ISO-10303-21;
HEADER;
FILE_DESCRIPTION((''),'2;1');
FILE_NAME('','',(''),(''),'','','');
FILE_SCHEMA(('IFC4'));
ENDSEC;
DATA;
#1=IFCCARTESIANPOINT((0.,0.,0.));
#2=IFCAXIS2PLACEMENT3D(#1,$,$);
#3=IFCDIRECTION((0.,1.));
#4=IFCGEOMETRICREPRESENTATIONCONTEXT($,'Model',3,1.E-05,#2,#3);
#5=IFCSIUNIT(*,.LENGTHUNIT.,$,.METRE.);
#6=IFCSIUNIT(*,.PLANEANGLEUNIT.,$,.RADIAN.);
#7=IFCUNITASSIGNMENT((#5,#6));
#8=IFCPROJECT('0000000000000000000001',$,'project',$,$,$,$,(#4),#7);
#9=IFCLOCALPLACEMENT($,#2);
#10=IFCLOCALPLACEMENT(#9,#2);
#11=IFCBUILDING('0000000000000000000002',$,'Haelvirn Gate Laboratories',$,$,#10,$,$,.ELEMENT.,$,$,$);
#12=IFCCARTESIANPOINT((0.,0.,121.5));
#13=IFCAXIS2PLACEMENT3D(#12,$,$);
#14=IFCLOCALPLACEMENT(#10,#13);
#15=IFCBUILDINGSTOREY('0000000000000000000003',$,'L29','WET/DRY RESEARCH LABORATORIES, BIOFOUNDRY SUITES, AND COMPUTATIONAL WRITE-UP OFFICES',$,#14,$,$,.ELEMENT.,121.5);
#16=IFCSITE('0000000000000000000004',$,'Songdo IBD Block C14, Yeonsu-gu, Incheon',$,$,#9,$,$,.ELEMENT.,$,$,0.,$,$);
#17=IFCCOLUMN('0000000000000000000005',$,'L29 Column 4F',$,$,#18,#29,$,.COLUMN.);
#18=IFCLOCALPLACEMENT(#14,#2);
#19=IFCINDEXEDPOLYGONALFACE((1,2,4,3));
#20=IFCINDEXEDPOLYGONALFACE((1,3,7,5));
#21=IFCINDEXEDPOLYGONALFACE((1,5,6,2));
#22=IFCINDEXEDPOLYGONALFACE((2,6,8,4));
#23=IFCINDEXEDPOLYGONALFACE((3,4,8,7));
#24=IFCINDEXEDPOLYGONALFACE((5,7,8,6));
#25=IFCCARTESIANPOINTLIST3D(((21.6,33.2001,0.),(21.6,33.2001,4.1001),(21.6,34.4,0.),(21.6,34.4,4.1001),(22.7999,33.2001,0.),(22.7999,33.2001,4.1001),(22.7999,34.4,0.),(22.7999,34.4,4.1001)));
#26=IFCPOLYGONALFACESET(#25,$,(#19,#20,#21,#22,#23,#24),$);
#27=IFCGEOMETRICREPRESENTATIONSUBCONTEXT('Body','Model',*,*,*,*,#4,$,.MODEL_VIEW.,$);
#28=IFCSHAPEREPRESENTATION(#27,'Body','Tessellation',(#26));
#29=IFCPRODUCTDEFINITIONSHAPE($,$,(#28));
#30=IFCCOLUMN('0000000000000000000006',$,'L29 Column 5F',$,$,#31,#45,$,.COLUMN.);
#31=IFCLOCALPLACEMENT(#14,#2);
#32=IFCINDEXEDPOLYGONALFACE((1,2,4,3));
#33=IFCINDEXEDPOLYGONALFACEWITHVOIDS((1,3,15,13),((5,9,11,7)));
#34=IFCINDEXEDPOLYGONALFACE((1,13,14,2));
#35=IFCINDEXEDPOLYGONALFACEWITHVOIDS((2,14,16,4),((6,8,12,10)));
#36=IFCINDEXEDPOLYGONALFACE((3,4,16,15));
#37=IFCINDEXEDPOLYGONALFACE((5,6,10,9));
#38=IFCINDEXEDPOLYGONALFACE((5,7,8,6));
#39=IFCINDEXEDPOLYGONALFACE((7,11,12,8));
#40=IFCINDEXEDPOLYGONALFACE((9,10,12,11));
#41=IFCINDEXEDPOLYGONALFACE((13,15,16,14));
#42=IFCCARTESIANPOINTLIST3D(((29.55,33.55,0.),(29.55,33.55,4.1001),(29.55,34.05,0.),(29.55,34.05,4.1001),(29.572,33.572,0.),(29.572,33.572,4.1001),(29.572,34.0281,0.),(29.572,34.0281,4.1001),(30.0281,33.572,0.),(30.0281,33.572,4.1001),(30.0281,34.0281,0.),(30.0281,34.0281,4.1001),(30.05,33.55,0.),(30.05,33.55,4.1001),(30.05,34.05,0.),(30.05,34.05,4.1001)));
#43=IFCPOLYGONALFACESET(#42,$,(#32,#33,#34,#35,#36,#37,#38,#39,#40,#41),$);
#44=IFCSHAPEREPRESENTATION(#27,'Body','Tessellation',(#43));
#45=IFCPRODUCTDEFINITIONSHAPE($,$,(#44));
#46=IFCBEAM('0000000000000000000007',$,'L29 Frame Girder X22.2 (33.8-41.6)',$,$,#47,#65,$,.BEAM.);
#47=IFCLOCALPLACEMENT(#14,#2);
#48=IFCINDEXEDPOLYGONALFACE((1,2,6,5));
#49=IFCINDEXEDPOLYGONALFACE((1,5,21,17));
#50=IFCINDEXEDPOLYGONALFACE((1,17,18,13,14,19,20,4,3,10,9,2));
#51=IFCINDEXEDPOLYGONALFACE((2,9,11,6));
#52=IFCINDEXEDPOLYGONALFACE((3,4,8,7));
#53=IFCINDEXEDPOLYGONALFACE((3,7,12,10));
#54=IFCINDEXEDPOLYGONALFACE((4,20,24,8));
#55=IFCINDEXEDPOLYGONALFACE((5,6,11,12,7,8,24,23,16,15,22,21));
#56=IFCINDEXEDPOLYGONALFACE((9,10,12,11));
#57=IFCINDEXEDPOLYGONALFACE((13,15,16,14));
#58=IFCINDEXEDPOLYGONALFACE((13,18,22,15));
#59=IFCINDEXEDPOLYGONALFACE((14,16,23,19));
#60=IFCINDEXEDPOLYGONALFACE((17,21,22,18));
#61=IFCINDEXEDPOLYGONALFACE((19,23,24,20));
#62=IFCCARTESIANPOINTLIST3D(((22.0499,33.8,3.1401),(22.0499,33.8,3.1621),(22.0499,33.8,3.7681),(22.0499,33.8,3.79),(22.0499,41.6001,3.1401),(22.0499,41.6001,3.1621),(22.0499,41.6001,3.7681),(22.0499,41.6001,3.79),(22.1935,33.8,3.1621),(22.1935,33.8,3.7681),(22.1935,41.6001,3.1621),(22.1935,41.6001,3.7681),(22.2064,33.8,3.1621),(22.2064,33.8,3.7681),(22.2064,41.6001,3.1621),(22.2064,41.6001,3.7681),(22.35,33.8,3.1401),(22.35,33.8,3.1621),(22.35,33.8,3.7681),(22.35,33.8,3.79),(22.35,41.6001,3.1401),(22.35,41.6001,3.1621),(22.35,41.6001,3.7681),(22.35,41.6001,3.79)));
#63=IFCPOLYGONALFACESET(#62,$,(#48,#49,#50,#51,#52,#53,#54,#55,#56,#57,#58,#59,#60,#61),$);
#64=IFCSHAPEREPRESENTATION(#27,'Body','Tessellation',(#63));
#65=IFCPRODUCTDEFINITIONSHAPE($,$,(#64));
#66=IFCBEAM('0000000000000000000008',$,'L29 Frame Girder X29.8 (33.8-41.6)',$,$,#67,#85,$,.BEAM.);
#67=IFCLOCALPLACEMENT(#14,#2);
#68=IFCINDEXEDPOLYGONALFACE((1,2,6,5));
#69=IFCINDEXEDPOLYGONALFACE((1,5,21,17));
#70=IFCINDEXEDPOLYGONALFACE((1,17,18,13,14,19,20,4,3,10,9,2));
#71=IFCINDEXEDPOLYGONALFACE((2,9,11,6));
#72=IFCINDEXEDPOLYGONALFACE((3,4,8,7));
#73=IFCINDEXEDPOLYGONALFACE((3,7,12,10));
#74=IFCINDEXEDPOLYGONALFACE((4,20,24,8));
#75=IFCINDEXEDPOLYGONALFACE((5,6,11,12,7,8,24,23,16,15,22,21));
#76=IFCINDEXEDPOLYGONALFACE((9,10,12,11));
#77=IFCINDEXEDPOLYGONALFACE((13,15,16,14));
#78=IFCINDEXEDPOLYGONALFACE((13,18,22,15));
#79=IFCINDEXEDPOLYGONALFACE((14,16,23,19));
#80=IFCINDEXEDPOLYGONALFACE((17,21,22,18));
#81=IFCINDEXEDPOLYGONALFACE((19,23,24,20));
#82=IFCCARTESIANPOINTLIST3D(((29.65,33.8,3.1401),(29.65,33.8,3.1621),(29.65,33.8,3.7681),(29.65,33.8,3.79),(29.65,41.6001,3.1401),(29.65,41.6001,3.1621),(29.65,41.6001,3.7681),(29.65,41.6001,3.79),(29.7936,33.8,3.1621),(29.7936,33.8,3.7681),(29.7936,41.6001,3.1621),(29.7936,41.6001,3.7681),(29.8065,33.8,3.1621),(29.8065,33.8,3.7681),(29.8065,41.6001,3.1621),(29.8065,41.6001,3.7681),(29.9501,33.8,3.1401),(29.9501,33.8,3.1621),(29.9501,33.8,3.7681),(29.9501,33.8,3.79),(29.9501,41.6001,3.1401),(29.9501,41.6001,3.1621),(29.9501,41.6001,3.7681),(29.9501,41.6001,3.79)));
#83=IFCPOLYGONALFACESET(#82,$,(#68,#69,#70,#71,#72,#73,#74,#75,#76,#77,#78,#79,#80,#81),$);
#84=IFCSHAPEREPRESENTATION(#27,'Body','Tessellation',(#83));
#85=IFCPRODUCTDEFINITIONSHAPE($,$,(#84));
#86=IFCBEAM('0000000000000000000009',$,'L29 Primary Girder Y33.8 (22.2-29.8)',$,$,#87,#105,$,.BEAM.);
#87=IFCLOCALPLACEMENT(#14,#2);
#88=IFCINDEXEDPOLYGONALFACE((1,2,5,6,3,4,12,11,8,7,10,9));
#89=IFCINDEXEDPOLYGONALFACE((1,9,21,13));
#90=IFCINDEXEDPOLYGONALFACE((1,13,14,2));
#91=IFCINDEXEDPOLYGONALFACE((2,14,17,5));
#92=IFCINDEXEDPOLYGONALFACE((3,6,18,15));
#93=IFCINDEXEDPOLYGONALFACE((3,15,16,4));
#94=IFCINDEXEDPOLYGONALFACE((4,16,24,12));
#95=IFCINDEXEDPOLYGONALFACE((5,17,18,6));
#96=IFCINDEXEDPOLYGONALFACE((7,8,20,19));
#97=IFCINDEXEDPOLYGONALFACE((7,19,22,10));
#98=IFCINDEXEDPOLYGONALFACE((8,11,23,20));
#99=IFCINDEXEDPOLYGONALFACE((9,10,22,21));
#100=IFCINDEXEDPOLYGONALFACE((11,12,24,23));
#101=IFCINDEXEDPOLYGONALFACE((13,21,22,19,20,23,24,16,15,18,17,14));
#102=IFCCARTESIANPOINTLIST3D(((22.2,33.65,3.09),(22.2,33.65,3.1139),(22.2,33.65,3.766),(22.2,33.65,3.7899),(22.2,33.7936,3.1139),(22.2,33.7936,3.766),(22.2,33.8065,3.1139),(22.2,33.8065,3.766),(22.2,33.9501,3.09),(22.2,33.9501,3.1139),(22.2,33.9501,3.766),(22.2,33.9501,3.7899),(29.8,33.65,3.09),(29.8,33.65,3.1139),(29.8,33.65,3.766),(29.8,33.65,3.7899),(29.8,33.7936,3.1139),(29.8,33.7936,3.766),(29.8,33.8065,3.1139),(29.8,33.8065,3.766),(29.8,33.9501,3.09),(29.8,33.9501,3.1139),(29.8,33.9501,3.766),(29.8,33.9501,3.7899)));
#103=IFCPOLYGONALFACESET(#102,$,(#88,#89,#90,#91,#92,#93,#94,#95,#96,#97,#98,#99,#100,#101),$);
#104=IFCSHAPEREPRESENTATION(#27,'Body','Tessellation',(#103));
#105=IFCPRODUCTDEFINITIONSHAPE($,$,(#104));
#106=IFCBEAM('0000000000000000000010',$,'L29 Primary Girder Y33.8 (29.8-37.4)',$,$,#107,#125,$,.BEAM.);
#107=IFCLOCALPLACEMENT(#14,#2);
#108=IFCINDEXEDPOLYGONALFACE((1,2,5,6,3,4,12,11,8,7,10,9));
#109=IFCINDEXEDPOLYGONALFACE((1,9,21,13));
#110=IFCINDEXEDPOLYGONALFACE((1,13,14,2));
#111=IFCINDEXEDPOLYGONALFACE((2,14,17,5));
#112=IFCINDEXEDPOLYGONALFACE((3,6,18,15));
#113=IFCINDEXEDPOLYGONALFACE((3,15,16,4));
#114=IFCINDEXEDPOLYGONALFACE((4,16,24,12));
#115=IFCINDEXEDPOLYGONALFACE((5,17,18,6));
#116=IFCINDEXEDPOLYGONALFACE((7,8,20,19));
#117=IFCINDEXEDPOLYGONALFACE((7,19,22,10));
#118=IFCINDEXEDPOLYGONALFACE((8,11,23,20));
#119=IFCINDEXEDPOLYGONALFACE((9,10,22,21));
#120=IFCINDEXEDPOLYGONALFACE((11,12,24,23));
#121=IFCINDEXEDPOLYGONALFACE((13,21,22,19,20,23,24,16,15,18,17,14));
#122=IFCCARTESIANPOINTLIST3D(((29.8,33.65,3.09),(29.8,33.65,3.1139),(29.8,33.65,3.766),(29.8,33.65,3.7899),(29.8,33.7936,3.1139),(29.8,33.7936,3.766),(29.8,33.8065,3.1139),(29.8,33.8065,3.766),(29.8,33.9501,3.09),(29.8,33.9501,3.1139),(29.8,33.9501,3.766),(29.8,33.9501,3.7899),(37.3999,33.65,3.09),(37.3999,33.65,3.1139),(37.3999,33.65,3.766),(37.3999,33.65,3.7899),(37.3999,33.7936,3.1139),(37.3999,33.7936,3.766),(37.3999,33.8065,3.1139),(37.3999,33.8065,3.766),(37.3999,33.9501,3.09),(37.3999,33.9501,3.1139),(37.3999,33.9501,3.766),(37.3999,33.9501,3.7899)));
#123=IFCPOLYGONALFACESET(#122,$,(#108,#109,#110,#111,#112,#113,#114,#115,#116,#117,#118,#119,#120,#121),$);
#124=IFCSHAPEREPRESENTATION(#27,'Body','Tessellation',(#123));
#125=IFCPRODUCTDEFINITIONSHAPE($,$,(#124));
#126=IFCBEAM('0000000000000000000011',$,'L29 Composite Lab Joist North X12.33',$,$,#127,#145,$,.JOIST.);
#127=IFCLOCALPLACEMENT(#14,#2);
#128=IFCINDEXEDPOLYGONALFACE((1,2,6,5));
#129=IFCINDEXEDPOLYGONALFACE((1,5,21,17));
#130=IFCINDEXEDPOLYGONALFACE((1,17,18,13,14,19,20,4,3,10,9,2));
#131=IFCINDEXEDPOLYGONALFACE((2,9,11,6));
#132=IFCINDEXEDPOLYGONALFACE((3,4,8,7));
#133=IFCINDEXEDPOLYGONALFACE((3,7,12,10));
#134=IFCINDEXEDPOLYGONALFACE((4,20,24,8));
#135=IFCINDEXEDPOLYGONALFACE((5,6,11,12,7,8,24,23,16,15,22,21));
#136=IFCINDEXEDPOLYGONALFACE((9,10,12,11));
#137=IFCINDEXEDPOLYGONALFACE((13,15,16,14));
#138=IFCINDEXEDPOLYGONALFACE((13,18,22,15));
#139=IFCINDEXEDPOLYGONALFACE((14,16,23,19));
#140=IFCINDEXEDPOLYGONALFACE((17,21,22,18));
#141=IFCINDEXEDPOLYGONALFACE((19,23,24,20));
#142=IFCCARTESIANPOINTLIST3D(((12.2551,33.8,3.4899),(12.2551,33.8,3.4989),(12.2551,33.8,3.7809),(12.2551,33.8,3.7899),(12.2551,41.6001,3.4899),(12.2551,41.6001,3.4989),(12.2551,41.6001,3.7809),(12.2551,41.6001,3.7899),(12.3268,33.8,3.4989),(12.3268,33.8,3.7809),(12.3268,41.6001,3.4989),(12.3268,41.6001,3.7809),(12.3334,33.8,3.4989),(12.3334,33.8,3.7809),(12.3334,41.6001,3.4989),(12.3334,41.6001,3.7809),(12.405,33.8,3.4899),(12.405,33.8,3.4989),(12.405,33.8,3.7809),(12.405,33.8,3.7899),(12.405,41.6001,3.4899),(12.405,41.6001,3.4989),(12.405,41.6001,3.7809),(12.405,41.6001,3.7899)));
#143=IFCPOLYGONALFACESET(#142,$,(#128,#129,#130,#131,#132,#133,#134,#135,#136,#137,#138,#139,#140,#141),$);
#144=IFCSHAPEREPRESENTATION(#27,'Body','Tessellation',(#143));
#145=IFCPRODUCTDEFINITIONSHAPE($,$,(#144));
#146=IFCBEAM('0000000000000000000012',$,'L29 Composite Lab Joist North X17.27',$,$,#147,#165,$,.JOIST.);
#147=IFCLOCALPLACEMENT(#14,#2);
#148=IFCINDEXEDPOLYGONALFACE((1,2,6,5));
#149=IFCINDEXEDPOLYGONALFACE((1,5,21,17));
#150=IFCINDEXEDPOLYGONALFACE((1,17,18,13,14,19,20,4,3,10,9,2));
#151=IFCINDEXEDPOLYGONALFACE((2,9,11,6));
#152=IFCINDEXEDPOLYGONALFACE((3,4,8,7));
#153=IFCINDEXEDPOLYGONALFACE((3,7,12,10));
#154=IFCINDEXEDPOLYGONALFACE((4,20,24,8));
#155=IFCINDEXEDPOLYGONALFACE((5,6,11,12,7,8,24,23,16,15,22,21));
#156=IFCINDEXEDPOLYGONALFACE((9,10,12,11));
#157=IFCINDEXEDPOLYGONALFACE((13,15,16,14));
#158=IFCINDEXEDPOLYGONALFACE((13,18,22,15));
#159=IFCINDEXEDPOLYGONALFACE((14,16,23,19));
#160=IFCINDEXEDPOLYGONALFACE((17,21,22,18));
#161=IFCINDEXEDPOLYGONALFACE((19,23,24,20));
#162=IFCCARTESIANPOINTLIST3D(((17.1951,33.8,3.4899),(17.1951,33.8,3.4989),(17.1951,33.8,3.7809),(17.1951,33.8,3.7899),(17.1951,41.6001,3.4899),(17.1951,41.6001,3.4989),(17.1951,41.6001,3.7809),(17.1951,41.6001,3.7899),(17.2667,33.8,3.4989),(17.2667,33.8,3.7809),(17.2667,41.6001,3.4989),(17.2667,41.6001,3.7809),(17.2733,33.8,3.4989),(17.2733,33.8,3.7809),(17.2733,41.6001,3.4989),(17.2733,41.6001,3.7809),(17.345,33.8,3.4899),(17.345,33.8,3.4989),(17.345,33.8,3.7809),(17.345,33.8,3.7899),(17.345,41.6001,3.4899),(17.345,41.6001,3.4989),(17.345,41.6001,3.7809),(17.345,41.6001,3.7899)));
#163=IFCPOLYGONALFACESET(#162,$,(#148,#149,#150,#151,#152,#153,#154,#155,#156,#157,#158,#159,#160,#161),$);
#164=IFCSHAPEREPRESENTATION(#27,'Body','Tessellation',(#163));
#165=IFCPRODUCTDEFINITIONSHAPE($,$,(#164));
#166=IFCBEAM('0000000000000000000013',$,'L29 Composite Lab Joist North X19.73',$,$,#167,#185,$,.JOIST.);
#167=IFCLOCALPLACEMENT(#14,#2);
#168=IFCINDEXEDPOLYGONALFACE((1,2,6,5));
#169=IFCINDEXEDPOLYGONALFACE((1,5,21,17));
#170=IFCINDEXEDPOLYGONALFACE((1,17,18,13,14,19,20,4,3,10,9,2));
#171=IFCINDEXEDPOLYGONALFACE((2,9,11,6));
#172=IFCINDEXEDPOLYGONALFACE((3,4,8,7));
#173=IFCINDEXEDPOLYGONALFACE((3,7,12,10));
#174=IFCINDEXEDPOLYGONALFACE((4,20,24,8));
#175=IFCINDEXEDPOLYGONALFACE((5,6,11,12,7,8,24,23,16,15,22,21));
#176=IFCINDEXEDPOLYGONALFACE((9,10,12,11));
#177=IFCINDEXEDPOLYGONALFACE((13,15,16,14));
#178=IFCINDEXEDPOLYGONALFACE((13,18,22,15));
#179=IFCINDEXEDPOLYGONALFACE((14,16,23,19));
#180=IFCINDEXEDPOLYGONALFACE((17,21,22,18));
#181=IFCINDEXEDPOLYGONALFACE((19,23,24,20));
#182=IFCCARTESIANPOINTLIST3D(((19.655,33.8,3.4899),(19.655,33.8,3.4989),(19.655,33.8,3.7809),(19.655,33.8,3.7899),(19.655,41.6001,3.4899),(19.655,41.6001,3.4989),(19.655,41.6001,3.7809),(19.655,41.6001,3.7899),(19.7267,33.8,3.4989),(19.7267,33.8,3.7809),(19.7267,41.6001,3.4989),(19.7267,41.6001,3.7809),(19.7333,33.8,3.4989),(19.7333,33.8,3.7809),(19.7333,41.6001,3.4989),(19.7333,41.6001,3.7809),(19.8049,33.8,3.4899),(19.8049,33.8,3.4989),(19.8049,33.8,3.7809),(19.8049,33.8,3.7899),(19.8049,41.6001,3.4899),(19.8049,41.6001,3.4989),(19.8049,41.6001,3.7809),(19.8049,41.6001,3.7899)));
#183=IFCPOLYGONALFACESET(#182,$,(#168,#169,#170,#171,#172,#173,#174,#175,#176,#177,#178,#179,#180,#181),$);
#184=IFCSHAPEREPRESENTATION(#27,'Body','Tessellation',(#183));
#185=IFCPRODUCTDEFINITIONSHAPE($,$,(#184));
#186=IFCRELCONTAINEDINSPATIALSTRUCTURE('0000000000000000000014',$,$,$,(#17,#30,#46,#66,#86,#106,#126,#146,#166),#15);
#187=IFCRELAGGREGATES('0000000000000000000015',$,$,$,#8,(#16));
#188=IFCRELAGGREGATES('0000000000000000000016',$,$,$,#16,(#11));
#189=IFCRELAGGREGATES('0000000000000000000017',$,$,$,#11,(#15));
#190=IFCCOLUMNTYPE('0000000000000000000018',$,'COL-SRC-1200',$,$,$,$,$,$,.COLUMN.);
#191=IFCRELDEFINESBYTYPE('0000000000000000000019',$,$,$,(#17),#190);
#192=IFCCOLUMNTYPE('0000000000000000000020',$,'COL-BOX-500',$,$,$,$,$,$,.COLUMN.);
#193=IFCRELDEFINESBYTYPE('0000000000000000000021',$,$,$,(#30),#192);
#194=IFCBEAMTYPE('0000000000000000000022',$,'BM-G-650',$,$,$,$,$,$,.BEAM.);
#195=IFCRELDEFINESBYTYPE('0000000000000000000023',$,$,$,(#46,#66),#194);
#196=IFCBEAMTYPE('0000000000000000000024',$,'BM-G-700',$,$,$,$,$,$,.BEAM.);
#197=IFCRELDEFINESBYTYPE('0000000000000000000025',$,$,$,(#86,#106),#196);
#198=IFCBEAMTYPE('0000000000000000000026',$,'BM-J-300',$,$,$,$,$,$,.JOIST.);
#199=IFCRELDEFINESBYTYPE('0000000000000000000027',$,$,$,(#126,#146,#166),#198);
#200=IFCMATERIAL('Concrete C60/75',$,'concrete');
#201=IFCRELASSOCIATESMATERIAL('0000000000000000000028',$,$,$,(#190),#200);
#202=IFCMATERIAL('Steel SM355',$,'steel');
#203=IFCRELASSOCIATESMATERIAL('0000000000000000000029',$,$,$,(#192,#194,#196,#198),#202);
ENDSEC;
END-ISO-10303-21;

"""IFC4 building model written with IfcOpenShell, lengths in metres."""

from ifc_helpers import new_model, si_unit, direction, frame, origin, origin_2d, place, context, subcontext, project, spatial, rectangle, hollow_rectangle, i_section, extrude, source, transform, mapped, material, material_profile, profile_set, type_object, type_shapes, element, save


model = new_model("IFC4")

# Units and contexts
model_context = context("Model", 3, precision=1e-05, world=origin(), true_north=direction((0.0, 1.0)))
body_context = subcontext(model_context, "Body", "Model", "MODEL_VIEW")
ifc_project = project(units=[si_unit("LENGTHUNIT", "METRE"), si_unit("PLANEANGLEUNIT", "RADIAN")], contexts=[model_context])

# Site, building, storey
site_placement = place(None, origin())
site = spatial("IfcSite", under=ifc_project, at=site_placement, Name="Songdo IBD Block C14, Yeonsu-gu, Incheon", CompositionType="ELEMENT", RefElevation=0.0)
building_placement = place(site_placement, origin())
building = spatial("IfcBuilding", under=site, at=building_placement, Name="Haelvirn Gate Laboratories", CompositionType="ELEMENT")
storey_placement = place(building_placement, frame((0.0, 0.0, 121.5)))
storey = spatial("IfcBuildingStorey", under=building, at=storey_placement, Name="L29", Description="WET/DRY RESEARCH LABORATORIES, BIOFOUNDRY SUITES, AND COMPUTATIONAL WRITE-UP OFFICES", CompositionType="ELEMENT", Elevation=121.5)

# Columns
ifc_material_1 = material(Name="Concrete C60/75", Category="concrete")
ifc_material_profile_1 = material_profile(ifc_material_1, rectangle(XDim=1.2, YDim=1.2, at=origin_2d()), Name="SRC-1200x1200")
ifc_profile_set_1 = profile_set([ifc_material_profile_1], Name="Concrete C60/75")
column_type_1 = type_object("IfcColumnType", Name="COL-SRC-1200", PredefinedType="COLUMN", material=ifc_profile_set_1)
shared_shape_1 = source(origin(), body_context, "Body", "SweptSolid", [
    extrude(rectangle(XDim=1.2, YDim=1.2, at=origin_2d()), origin(), (0.0, 0.0, 1.0), 4.1001),
])
type_shapes(column_type_1, [shared_shape_1])
column_1_placement = place(storey_placement, frame((22.2, 33.8, 0.0), z_axis=(0.0, 0.0, 1.0), x_axis=(1.0, 0.0, 0.0)))
element("IfcColumn", 1, at=column_1_placement, inside=storey, type_object=column_type_1, Name="L29 Column 4F", PredefinedType="COLUMN", context=body_context, shape_type="MappedRepresentation", body=[
    mapped(shared_shape_1, transform((0.0, 0.0, 0.0), scale=1.0)),
])
ifc_material_2 = material(Name="Steel SM355", Category="steel")
ifc_material_profile_2 = material_profile(ifc_material_2, hollow_rectangle(XDim=0.5, YDim=0.5, WallThickness=0.022, at=origin_2d()), Name="BOX-500x500x22")
ifc_profile_set_2 = profile_set([ifc_material_profile_2], Name="Steel SM355")
column_type_2 = type_object("IfcColumnType", Name="COL-BOX-500", PredefinedType="COLUMN", material=ifc_profile_set_2)
shared_shape_2 = source(origin(), body_context, "Body", "SweptSolid", [
    extrude(hollow_rectangle(XDim=0.5, YDim=0.5, WallThickness=0.022, at=origin_2d()), origin(), (0.0, 0.0, 1.0), 4.1001),
])
type_shapes(column_type_2, [shared_shape_2])
column_2_placement = place(storey_placement, frame((29.8, 33.8, 0.0), z_axis=(0.0, 0.0, 1.0), x_axis=(1.0, 0.0, 0.0)))
element("IfcColumn", 2, at=column_2_placement, inside=storey, type_object=column_type_2, Name="L29 Column 5F", PredefinedType="COLUMN", context=body_context, shape_type="MappedRepresentation", body=[
    mapped(shared_shape_2, transform((0.0, 0.0, 0.0), scale=1.0)),
])

# Beams
ifc_material_profile_3 = material_profile(ifc_material_2, i_section(OverallWidth=0.3, OverallDepth=0.6499, WebThickness=0.0129, FlangeThickness=0.022, at=origin_2d()), Name="H-650x300x13x22")
ifc_profile_set_3 = profile_set([ifc_material_profile_3], Name="Steel SM355")
beam_type_1 = type_object("IfcBeamType", Name="BM-G-650", PredefinedType="BEAM", material=ifc_profile_set_3)
shared_shape_3 = source(origin(), body_context, "Body", "SweptSolid", [
    extrude(i_section(OverallWidth=0.3, OverallDepth=0.6499, WebThickness=0.0129, FlangeThickness=0.022, at=origin_2d()), origin(), (0.0, 0.0, 1.0), 7.8),
])
type_shapes(beam_type_1, [shared_shape_3])
for number, where, z_axis, x_axis, name in (
    (3, (22.2, 33.8, 3.4651), (0.0, 1.0, 0.0), (-1.0, 0.0, 0.0), "L29 Frame Girder X22.2 (33.8-41.6)"),
    (4, (29.8, 33.8, 3.4651), (0.0, 1.0, 0.0), (-1.0, 0.0, 0.0), "L29 Frame Girder X29.8 (33.8-41.6)"),
):
    element("IfcBeam", number, at=place(storey_placement, frame(where, z_axis=z_axis, x_axis=x_axis)), inside=storey, type_object=beam_type_1, Name=name, PredefinedType="BEAM", context=body_context, shape_type="MappedRepresentation", body=[
        mapped(shared_shape_3, transform((0.0, 0.0, 0.0), scale=1.0)),
    ])
ifc_material_profile_4 = material_profile(ifc_material_2, i_section(OverallWidth=0.3, OverallDepth=0.7, WebThickness=0.0129, FlangeThickness=0.0239, at=origin_2d()), Name="H-700x300x13x24")
ifc_profile_set_4 = profile_set([ifc_material_profile_4], Name="Steel SM355")
beam_type_2 = type_object("IfcBeamType", Name="BM-G-700", PredefinedType="BEAM", material=ifc_profile_set_4)
shared_shape_4 = source(origin(), body_context, "Body", "SweptSolid", [
    extrude(i_section(OverallWidth=0.3, OverallDepth=0.7, WebThickness=0.0129, FlangeThickness=0.0239, at=origin_2d()), origin(), (0.0, 0.0, 1.0), 7.6001),
])
beam_1_placement = place(storey_placement, frame((22.2, 33.8, 3.4399), z_axis=(1.0, 0.0, 0.0), x_axis=(0.0, 1.0, 0.0)))
element("IfcBeam", 5, at=beam_1_placement, inside=storey, type_object=beam_type_2, Name="L29 Primary Girder Y33.8 (22.2-29.8)", PredefinedType="BEAM", context=body_context, shape_type="MappedRepresentation", body=[
    mapped(shared_shape_4, transform((0.0, 0.0, 0.0), scale=1.0)),
])
shared_shape_5 = source(origin(), body_context, "Body", "SweptSolid", [
    extrude(i_section(OverallWidth=0.3, OverallDepth=0.7, WebThickness=0.0129, FlangeThickness=0.0239, at=origin_2d()), origin(), (0.0, 0.0, 1.0), 7.5999),
])
type_shapes(beam_type_2, [shared_shape_4, shared_shape_5])
beam_2_placement = place(storey_placement, frame((29.8, 33.8, 3.4399), z_axis=(1.0, 0.0, 0.0), x_axis=(0.0, 1.0, 0.0)))
element("IfcBeam", 6, at=beam_2_placement, inside=storey, type_object=beam_type_2, Name="L29 Primary Girder Y33.8 (29.8-37.4)", PredefinedType="BEAM", context=body_context, shape_type="MappedRepresentation", body=[
    mapped(shared_shape_5, transform((0.0, 0.0, 0.0), scale=1.0)),
])
ifc_material_profile_5 = material_profile(ifc_material_2, i_section(OverallWidth=0.1499, OverallDepth=0.3, WebThickness=0.0066, FlangeThickness=0.009, at=origin_2d()), Name="H-300x150x6.5x9")
ifc_profile_set_5 = profile_set([ifc_material_profile_5], Name="Steel SM355")
beam_type_3 = type_object("IfcBeamType", Name="BM-J-300", PredefinedType="JOIST", material=ifc_profile_set_5)
shared_shape_6 = source(origin(), body_context, "Body", "SweptSolid", [
    extrude(i_section(OverallWidth=0.1499, OverallDepth=0.3, WebThickness=0.0066, FlangeThickness=0.009, at=origin_2d()), origin(), (0.0, 0.0, 1.0), 7.8),
])
type_shapes(beam_type_3, [shared_shape_6])
for number, where, z_axis, x_axis, name in (
    (7, (12.3301, 33.8, 3.6399), (0.0, 1.0, 0.0), (-1.0, 0.0, 0.0), "L29 Composite Lab Joist North X12.33"),
    (8, (17.27, 33.8, 3.6399), (0.0, 1.0, 0.0), (-1.0, 0.0, 0.0), "L29 Composite Lab Joist North X17.27"),
    (9, (19.73, 33.8, 3.6399), (0.0, 1.0, 0.0), (-1.0, 0.0, 0.0), "L29 Composite Lab Joist North X19.73"),
):
    element("IfcBeam", number, at=place(storey_placement, frame(where, z_axis=z_axis, x_axis=x_axis)), inside=storey, type_object=beam_type_3, Name=name, PredefinedType="JOIST", context=body_context, shape_type="MappedRepresentation", body=[
        mapped(shared_shape_6, transform((0.0, 0.0, 0.0), scale=1.0)),
    ])

save(model, "model.ifc")
